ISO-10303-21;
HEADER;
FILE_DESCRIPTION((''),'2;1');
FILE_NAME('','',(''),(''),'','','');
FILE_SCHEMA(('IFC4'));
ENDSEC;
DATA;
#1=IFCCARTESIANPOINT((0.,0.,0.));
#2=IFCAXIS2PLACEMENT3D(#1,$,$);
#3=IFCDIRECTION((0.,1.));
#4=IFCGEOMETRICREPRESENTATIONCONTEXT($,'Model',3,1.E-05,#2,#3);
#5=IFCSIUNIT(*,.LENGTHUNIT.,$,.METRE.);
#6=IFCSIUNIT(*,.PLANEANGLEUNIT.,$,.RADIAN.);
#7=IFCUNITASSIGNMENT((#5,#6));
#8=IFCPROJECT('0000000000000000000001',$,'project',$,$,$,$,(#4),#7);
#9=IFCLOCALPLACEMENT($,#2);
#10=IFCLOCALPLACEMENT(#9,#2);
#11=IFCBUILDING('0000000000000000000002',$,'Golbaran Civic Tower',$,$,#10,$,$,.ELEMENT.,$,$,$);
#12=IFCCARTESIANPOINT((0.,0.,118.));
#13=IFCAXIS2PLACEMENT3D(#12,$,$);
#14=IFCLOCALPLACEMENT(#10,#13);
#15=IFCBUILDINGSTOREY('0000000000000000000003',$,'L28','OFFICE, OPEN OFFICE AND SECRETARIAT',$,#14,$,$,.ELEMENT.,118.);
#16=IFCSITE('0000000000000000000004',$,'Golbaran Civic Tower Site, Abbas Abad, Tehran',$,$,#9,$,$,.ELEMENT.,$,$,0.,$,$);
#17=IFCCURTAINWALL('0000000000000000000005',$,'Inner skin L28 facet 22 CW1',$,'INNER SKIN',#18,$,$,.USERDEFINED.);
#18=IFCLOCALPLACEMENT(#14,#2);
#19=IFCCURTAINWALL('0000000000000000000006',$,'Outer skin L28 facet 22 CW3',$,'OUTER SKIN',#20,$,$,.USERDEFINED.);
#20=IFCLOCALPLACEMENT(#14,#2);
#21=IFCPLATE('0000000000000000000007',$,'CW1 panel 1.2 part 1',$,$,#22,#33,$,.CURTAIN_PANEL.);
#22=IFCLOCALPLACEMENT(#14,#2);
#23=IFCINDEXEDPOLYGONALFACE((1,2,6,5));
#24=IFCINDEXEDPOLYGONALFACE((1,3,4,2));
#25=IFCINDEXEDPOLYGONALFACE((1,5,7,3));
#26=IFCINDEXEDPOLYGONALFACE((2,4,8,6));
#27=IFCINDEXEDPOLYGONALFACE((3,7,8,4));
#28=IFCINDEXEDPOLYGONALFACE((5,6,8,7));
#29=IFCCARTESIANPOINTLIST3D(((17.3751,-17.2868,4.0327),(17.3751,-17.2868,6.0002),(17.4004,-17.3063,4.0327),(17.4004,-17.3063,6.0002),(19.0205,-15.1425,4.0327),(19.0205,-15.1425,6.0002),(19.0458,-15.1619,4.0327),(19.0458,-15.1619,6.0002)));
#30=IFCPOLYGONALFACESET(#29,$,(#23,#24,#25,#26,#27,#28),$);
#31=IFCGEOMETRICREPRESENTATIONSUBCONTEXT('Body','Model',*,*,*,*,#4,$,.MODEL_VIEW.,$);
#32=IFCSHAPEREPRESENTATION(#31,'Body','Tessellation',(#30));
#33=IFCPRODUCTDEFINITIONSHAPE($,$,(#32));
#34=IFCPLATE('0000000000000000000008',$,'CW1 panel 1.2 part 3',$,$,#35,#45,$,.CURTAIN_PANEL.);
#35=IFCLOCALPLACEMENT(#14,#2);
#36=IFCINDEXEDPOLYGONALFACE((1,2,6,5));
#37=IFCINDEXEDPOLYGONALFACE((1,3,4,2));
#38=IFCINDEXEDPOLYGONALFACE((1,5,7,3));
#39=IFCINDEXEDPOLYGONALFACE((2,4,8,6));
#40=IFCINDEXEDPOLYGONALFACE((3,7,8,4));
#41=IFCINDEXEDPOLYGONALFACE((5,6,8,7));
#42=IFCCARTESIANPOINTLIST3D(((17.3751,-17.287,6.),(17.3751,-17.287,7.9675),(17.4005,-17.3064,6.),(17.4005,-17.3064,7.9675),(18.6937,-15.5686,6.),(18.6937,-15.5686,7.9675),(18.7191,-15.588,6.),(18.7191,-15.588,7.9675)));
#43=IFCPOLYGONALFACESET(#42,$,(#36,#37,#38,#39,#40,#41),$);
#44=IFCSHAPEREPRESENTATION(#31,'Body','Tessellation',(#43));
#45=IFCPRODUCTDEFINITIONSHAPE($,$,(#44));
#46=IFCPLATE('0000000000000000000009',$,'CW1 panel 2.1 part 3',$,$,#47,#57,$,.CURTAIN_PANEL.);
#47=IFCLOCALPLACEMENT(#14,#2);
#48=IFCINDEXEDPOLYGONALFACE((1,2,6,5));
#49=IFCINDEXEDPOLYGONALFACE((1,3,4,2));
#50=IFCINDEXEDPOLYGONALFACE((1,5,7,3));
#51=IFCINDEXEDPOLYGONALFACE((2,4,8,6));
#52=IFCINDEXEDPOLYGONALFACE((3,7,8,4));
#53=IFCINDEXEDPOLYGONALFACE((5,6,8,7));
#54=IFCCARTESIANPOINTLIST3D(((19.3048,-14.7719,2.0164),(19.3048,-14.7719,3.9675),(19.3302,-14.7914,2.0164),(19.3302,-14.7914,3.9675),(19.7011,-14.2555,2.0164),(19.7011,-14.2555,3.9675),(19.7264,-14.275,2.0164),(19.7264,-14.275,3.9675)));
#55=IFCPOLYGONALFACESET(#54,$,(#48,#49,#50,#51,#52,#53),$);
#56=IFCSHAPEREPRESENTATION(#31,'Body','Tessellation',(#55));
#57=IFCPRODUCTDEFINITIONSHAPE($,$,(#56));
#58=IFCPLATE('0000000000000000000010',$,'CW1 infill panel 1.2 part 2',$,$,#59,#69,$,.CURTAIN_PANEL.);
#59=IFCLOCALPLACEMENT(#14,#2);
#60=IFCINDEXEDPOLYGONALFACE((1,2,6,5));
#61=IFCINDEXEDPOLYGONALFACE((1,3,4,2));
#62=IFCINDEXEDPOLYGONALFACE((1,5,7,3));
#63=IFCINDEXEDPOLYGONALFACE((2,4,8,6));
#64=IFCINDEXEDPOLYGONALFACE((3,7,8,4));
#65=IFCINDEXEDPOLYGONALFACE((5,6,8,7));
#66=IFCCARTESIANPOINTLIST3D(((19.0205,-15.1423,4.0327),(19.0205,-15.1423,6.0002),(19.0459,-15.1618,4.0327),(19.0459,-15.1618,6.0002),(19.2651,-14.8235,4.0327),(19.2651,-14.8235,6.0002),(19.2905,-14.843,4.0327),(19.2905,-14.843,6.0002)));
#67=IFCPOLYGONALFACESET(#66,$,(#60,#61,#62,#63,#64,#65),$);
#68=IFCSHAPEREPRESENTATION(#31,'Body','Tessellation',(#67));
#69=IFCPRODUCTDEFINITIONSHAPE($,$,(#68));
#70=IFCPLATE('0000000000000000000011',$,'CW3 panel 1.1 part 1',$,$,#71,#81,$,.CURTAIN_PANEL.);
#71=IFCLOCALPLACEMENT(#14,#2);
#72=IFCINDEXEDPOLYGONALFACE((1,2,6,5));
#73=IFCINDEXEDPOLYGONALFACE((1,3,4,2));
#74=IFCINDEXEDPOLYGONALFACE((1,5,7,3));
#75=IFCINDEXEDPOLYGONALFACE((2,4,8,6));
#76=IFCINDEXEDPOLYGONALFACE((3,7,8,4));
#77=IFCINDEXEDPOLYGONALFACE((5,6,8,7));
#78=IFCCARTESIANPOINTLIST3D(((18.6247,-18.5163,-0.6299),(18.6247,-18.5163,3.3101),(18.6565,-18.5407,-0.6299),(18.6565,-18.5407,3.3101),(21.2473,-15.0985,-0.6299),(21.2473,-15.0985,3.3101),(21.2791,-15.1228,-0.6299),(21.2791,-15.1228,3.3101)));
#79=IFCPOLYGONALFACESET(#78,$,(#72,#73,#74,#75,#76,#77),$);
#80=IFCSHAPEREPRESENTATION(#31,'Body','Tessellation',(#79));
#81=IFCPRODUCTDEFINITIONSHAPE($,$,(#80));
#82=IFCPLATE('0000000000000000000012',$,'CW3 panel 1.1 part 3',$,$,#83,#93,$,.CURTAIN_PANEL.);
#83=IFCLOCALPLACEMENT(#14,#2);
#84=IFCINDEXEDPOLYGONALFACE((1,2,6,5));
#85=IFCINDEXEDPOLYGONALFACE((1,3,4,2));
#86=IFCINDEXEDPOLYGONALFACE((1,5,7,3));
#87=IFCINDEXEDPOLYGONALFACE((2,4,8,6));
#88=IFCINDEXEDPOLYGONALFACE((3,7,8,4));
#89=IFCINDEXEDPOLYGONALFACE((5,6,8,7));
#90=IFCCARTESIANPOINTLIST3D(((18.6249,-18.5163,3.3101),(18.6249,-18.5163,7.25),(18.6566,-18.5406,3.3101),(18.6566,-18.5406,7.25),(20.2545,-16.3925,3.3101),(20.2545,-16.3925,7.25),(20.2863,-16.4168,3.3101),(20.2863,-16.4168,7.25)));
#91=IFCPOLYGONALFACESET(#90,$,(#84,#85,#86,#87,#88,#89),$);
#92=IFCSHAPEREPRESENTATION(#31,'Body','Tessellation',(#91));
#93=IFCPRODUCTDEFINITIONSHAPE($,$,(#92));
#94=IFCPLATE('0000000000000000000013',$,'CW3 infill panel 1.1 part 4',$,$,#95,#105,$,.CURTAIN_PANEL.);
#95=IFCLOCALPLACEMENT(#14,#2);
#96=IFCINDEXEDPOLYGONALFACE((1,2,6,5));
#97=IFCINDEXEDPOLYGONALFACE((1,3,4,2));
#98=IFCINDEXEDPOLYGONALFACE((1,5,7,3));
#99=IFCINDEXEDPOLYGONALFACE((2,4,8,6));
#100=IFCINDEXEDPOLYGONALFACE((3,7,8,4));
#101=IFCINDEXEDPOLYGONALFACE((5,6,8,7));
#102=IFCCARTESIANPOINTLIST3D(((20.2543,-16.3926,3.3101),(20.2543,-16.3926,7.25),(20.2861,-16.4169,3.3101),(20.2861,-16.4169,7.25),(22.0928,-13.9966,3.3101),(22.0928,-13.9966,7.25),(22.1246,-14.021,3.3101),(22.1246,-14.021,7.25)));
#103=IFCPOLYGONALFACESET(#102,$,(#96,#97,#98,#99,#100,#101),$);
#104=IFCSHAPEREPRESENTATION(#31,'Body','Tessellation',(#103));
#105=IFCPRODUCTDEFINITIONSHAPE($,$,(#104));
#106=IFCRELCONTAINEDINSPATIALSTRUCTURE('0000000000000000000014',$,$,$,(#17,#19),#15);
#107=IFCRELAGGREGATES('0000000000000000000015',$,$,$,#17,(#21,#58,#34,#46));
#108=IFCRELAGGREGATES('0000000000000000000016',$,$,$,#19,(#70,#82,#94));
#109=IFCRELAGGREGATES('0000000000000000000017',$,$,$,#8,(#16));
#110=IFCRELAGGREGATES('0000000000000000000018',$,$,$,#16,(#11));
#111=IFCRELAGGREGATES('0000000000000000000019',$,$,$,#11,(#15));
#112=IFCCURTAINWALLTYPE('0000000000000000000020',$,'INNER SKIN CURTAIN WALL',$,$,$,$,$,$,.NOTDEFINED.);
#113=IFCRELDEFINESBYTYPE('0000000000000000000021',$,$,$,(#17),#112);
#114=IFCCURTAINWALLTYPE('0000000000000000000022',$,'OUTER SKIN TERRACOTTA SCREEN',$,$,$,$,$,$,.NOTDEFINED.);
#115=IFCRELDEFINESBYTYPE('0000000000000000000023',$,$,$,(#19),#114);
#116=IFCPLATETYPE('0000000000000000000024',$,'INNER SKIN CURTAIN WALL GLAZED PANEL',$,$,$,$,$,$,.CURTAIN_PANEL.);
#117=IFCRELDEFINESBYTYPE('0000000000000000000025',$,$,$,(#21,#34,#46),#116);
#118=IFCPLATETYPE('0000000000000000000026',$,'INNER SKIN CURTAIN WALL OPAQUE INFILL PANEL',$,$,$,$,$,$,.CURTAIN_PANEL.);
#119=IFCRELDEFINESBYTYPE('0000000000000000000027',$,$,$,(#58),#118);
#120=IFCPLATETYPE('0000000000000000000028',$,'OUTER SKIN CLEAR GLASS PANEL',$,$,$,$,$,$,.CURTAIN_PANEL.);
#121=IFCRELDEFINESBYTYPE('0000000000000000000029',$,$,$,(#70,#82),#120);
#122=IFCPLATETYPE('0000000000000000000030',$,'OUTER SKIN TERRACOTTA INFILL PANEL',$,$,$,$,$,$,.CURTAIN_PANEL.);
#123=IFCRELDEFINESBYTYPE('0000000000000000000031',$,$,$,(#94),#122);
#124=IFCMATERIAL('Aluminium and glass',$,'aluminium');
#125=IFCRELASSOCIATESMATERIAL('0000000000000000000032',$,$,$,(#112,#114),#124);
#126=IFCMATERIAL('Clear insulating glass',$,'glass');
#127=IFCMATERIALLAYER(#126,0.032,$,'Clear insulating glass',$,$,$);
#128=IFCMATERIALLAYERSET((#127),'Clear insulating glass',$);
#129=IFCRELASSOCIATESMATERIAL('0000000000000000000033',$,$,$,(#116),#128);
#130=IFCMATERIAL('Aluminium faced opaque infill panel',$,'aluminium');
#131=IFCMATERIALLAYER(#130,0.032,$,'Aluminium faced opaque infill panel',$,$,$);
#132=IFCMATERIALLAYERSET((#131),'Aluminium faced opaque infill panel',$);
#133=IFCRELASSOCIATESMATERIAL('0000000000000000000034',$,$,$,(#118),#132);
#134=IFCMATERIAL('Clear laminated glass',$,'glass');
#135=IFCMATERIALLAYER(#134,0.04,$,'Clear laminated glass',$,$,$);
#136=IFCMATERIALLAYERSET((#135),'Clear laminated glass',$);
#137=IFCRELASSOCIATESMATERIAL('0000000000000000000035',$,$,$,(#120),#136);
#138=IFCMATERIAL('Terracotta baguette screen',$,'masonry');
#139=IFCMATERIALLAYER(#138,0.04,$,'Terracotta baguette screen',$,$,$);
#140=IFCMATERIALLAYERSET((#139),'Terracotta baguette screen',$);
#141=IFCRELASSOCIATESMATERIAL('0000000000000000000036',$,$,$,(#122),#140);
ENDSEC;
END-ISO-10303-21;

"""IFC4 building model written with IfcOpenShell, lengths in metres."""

from ifc_helpers import new_model, si_unit, direction, frame, origin, origin_2d, place, context, subcontext, project, spatial, rectangle, extrude, material, layer, layer_set, type_object, element, aggregate, save


model = new_model("IFC4")

# Units and contexts
model_context = context("Model", 3, precision=1e-05, world=origin(), true_north=direction((0.0, 1.0)))
body_context = subcontext(model_context, "Body", "Model", "MODEL_VIEW")
ifc_project = project(units=[si_unit("LENGTHUNIT", "METRE"), si_unit("PLANEANGLEUNIT", "RADIAN")], contexts=[model_context])

# Site, building, storey
site_placement = place(None, origin())
site = spatial("IfcSite", under=ifc_project, at=site_placement, Name="Golbaran Civic Tower Site, Abbas Abad, Tehran", CompositionType="ELEMENT", RefElevation=0.0)
building_placement = place(site_placement, origin())
building = spatial("IfcBuilding", under=site, at=building_placement, Name="Golbaran Civic Tower", CompositionType="ELEMENT")
storey_placement = place(building_placement, frame((0.0, 0.0, 118.0)))
storey = spatial("IfcBuildingStorey", under=building, at=storey_placement, Name="L28", Description="OFFICE, OPEN OFFICE AND SECRETARIAT", CompositionType="ELEMENT", Elevation=118.0)

# Shared definitions
ifc_material_1 = material(Name="Aluminium and glass", Category="aluminium")
curtain_wall_type_1 = type_object("IfcCurtainWallType", Name="INNER SKIN CURTAIN WALL", PredefinedType="NOTDEFINED", material=ifc_material_1)

# Curtain wall
curtain_wall_1_placement = place(storey_placement, origin())
curtain_wall_1 = element("IfcCurtainWall", 1, at=curtain_wall_1_placement, inside=storey, type_object=curtain_wall_type_1, Name="Inner skin L28 facet 22 CW1", ObjectType="INNER SKIN", PredefinedType="USERDEFINED")

# Shared definitions
curtain_wall_type_2 = type_object("IfcCurtainWallType", Name="OUTER SKIN TERRACOTTA SCREEN", PredefinedType="NOTDEFINED", material=ifc_material_1)

# Curtain wall
curtain_wall_2_placement = place(storey_placement, origin())
curtain_wall_2 = element("IfcCurtainWall", 2, at=curtain_wall_2_placement, inside=storey, type_object=curtain_wall_type_2, Name="Outer skin L28 facet 22 CW3", ObjectType="OUTER SKIN", PredefinedType="USERDEFINED")

# Plates
ifc_material_2 = material(Name="Clear insulating glass", Category="glass")
ifc_layer_1 = layer(ifc_material_2, 0.032, Name="Clear insulating glass")
ifc_layer_set_1 = layer_set([ifc_layer_1], Name="Clear insulating glass")
plate_type_1 = type_object("IfcPlateType", Name="INNER SKIN CURTAIN WALL GLAZED PANEL", PredefinedType="CURTAIN_PANEL", material=ifc_layer_set_1)
plate_1_placement = place(storey_placement, frame((18.2104, -16.2244, 4.0327), z_axis=(0.0, 0.0, 1.0), x_axis=(0.608761, 0.793353, 0.0)))
plate_1 = element("IfcPlate", 3, at=plate_1_placement, type_object=plate_type_1, Name="CW1 panel 1.2 part 1", PredefinedType="CURTAIN_PANEL", context=body_context, shape_type="SweptSolid", body=[
    extrude(rectangle(XDim=2.7029, YDim=0.032, at=origin_2d()), origin(), (0.0, 0.0, 1.0), 1.9675),
])
plate_2_placement = place(storey_placement, frame((18.0471, -16.4375, 6.0), z_axis=(0.0, 0.0, 1.0), x_axis=(0.608761, 0.793353, 0.0)))
plate_2 = element("IfcPlate", 4, at=plate_2_placement, type_object=plate_type_1, Name="CW1 panel 1.2 part 3", PredefinedType="CURTAIN_PANEL", context=body_context, shape_type="SweptSolid", body=[
    extrude(rectangle(XDim=2.166, YDim=0.032, at=origin_2d()), origin(), (0.0, 0.0, 1.0), 1.9675),
])
plate_3_placement = place(storey_placement, frame((19.5156, -14.5234, 2.0164), z_axis=(0.0, 0.0, 1.0), x_axis=(0.608761, 0.793353, 0.0)))
plate_3 = element("IfcPlate", 5, at=plate_3_placement, type_object=plate_type_1, Name="CW1 panel 2.1 part 3", PredefinedType="CURTAIN_PANEL", context=body_context, shape_type="SweptSolid", body=[
    extrude(rectangle(XDim=0.6509, YDim=0.032, at=origin_2d()), origin(), (0.0, 0.0, 1.0), 1.9512),
])
ifc_material_3 = material(Name="Aluminium faced opaque infill panel", Category="aluminium")
ifc_layer_2 = layer(ifc_material_3, 0.032, Name="Aluminium faced opaque infill panel")
ifc_layer_set_2 = layer_set([ifc_layer_2], Name="Aluminium faced opaque infill panel")
plate_type_2 = type_object("IfcPlateType", Name="INNER SKIN CURTAIN WALL OPAQUE INFILL PANEL", PredefinedType="CURTAIN_PANEL", material=ifc_layer_set_2)
plate_4_placement = place(storey_placement, frame((19.1555, -14.9927, 4.0327), z_axis=(0.0, 0.0, 1.0), x_axis=(0.608761, 0.793353, 0.0)))
plate_4 = element("IfcPlate", 6, at=plate_4_placement, type_object=plate_type_2, Name="CW1 infill panel 1.2 part 2", PredefinedType="CURTAIN_PANEL", context=body_context, shape_type="SweptSolid", body=[
    extrude(rectangle(XDim=0.4019, YDim=0.032, at=origin_2d()), origin(), (0.0, 0.0, 1.0), 1.9675),
])
aggregate(curtain_wall_1, [plate_1, plate_4, plate_2, plate_3])
ifc_material_4 = material(Name="Clear laminated glass", Category="glass")
ifc_layer_3 = layer(ifc_material_4, 0.04, Name="Clear laminated glass")
ifc_layer_set_3 = layer_set([ifc_layer_3], Name="Clear laminated glass")
plate_type_3 = type_object("IfcPlateType", Name="OUTER SKIN CLEAR GLASS PANEL", PredefinedType="CURTAIN_PANEL", material=ifc_layer_set_3)
plate_5_placement = place(storey_placement, frame((19.9519, -16.8196, -0.6299), z_axis=(0.0, 0.0, 1.0), x_axis=(0.608761, 0.793353, 0.0)))
plate_5 = element("IfcPlate", 7, at=plate_5_placement, type_object=plate_type_3, Name="CW3 panel 1.1 part 1", PredefinedType="CURTAIN_PANEL", context=body_context, shape_type="SweptSolid", body=[
    extrude(rectangle(XDim=4.3081, YDim=0.04, at=origin_2d()), origin(), (0.0, 0.0, 1.0), 3.9399),
])
plate_6_placement = place(storey_placement, frame((19.4556, -17.4666, 3.3101), z_axis=(0.0, 0.0, 1.0), x_axis=(0.608761, 0.793353, 0.0)))
plate_6 = element("IfcPlate", 8, at=plate_6_placement, type_object=plate_type_3, Name="CW3 panel 1.1 part 3", PredefinedType="CURTAIN_PANEL", context=body_context, shape_type="SweptSolid", body=[
    extrude(rectangle(XDim=2.677, YDim=0.04, at=origin_2d()), origin(), (0.0, 0.0, 1.0), 3.9399),
])
ifc_material_5 = material(Name="Terracotta baguette screen", Category="masonry")
ifc_layer_4 = layer(ifc_material_5, 0.04, Name="Terracotta baguette screen")
ifc_layer_set_4 = layer_set([ifc_layer_4], Name="Terracotta baguette screen")
plate_type_4 = type_object("IfcPlateType", Name="OUTER SKIN TERRACOTTA INFILL PANEL", PredefinedType="CURTAIN_PANEL", material=ifc_layer_set_4)
plate_7_placement = place(storey_placement, frame((21.1895, -15.2068, 3.3101), z_axis=(0.0, 0.0, 1.0), x_axis=(0.608761, 0.793353, 0.0)))
plate_7 = element("IfcPlate", 9, at=plate_7_placement, type_object=plate_type_4, Name="CW3 infill panel 1.1 part 4", PredefinedType="CURTAIN_PANEL", context=body_context, shape_type="SweptSolid", body=[
    extrude(rectangle(XDim=3.02, YDim=0.04, at=origin_2d()), origin(), (0.0, 0.0, 1.0), 3.9399),
])
aggregate(curtain_wall_2, [plate_5, plate_6, plate_7])

save(model, "model.ifc")
